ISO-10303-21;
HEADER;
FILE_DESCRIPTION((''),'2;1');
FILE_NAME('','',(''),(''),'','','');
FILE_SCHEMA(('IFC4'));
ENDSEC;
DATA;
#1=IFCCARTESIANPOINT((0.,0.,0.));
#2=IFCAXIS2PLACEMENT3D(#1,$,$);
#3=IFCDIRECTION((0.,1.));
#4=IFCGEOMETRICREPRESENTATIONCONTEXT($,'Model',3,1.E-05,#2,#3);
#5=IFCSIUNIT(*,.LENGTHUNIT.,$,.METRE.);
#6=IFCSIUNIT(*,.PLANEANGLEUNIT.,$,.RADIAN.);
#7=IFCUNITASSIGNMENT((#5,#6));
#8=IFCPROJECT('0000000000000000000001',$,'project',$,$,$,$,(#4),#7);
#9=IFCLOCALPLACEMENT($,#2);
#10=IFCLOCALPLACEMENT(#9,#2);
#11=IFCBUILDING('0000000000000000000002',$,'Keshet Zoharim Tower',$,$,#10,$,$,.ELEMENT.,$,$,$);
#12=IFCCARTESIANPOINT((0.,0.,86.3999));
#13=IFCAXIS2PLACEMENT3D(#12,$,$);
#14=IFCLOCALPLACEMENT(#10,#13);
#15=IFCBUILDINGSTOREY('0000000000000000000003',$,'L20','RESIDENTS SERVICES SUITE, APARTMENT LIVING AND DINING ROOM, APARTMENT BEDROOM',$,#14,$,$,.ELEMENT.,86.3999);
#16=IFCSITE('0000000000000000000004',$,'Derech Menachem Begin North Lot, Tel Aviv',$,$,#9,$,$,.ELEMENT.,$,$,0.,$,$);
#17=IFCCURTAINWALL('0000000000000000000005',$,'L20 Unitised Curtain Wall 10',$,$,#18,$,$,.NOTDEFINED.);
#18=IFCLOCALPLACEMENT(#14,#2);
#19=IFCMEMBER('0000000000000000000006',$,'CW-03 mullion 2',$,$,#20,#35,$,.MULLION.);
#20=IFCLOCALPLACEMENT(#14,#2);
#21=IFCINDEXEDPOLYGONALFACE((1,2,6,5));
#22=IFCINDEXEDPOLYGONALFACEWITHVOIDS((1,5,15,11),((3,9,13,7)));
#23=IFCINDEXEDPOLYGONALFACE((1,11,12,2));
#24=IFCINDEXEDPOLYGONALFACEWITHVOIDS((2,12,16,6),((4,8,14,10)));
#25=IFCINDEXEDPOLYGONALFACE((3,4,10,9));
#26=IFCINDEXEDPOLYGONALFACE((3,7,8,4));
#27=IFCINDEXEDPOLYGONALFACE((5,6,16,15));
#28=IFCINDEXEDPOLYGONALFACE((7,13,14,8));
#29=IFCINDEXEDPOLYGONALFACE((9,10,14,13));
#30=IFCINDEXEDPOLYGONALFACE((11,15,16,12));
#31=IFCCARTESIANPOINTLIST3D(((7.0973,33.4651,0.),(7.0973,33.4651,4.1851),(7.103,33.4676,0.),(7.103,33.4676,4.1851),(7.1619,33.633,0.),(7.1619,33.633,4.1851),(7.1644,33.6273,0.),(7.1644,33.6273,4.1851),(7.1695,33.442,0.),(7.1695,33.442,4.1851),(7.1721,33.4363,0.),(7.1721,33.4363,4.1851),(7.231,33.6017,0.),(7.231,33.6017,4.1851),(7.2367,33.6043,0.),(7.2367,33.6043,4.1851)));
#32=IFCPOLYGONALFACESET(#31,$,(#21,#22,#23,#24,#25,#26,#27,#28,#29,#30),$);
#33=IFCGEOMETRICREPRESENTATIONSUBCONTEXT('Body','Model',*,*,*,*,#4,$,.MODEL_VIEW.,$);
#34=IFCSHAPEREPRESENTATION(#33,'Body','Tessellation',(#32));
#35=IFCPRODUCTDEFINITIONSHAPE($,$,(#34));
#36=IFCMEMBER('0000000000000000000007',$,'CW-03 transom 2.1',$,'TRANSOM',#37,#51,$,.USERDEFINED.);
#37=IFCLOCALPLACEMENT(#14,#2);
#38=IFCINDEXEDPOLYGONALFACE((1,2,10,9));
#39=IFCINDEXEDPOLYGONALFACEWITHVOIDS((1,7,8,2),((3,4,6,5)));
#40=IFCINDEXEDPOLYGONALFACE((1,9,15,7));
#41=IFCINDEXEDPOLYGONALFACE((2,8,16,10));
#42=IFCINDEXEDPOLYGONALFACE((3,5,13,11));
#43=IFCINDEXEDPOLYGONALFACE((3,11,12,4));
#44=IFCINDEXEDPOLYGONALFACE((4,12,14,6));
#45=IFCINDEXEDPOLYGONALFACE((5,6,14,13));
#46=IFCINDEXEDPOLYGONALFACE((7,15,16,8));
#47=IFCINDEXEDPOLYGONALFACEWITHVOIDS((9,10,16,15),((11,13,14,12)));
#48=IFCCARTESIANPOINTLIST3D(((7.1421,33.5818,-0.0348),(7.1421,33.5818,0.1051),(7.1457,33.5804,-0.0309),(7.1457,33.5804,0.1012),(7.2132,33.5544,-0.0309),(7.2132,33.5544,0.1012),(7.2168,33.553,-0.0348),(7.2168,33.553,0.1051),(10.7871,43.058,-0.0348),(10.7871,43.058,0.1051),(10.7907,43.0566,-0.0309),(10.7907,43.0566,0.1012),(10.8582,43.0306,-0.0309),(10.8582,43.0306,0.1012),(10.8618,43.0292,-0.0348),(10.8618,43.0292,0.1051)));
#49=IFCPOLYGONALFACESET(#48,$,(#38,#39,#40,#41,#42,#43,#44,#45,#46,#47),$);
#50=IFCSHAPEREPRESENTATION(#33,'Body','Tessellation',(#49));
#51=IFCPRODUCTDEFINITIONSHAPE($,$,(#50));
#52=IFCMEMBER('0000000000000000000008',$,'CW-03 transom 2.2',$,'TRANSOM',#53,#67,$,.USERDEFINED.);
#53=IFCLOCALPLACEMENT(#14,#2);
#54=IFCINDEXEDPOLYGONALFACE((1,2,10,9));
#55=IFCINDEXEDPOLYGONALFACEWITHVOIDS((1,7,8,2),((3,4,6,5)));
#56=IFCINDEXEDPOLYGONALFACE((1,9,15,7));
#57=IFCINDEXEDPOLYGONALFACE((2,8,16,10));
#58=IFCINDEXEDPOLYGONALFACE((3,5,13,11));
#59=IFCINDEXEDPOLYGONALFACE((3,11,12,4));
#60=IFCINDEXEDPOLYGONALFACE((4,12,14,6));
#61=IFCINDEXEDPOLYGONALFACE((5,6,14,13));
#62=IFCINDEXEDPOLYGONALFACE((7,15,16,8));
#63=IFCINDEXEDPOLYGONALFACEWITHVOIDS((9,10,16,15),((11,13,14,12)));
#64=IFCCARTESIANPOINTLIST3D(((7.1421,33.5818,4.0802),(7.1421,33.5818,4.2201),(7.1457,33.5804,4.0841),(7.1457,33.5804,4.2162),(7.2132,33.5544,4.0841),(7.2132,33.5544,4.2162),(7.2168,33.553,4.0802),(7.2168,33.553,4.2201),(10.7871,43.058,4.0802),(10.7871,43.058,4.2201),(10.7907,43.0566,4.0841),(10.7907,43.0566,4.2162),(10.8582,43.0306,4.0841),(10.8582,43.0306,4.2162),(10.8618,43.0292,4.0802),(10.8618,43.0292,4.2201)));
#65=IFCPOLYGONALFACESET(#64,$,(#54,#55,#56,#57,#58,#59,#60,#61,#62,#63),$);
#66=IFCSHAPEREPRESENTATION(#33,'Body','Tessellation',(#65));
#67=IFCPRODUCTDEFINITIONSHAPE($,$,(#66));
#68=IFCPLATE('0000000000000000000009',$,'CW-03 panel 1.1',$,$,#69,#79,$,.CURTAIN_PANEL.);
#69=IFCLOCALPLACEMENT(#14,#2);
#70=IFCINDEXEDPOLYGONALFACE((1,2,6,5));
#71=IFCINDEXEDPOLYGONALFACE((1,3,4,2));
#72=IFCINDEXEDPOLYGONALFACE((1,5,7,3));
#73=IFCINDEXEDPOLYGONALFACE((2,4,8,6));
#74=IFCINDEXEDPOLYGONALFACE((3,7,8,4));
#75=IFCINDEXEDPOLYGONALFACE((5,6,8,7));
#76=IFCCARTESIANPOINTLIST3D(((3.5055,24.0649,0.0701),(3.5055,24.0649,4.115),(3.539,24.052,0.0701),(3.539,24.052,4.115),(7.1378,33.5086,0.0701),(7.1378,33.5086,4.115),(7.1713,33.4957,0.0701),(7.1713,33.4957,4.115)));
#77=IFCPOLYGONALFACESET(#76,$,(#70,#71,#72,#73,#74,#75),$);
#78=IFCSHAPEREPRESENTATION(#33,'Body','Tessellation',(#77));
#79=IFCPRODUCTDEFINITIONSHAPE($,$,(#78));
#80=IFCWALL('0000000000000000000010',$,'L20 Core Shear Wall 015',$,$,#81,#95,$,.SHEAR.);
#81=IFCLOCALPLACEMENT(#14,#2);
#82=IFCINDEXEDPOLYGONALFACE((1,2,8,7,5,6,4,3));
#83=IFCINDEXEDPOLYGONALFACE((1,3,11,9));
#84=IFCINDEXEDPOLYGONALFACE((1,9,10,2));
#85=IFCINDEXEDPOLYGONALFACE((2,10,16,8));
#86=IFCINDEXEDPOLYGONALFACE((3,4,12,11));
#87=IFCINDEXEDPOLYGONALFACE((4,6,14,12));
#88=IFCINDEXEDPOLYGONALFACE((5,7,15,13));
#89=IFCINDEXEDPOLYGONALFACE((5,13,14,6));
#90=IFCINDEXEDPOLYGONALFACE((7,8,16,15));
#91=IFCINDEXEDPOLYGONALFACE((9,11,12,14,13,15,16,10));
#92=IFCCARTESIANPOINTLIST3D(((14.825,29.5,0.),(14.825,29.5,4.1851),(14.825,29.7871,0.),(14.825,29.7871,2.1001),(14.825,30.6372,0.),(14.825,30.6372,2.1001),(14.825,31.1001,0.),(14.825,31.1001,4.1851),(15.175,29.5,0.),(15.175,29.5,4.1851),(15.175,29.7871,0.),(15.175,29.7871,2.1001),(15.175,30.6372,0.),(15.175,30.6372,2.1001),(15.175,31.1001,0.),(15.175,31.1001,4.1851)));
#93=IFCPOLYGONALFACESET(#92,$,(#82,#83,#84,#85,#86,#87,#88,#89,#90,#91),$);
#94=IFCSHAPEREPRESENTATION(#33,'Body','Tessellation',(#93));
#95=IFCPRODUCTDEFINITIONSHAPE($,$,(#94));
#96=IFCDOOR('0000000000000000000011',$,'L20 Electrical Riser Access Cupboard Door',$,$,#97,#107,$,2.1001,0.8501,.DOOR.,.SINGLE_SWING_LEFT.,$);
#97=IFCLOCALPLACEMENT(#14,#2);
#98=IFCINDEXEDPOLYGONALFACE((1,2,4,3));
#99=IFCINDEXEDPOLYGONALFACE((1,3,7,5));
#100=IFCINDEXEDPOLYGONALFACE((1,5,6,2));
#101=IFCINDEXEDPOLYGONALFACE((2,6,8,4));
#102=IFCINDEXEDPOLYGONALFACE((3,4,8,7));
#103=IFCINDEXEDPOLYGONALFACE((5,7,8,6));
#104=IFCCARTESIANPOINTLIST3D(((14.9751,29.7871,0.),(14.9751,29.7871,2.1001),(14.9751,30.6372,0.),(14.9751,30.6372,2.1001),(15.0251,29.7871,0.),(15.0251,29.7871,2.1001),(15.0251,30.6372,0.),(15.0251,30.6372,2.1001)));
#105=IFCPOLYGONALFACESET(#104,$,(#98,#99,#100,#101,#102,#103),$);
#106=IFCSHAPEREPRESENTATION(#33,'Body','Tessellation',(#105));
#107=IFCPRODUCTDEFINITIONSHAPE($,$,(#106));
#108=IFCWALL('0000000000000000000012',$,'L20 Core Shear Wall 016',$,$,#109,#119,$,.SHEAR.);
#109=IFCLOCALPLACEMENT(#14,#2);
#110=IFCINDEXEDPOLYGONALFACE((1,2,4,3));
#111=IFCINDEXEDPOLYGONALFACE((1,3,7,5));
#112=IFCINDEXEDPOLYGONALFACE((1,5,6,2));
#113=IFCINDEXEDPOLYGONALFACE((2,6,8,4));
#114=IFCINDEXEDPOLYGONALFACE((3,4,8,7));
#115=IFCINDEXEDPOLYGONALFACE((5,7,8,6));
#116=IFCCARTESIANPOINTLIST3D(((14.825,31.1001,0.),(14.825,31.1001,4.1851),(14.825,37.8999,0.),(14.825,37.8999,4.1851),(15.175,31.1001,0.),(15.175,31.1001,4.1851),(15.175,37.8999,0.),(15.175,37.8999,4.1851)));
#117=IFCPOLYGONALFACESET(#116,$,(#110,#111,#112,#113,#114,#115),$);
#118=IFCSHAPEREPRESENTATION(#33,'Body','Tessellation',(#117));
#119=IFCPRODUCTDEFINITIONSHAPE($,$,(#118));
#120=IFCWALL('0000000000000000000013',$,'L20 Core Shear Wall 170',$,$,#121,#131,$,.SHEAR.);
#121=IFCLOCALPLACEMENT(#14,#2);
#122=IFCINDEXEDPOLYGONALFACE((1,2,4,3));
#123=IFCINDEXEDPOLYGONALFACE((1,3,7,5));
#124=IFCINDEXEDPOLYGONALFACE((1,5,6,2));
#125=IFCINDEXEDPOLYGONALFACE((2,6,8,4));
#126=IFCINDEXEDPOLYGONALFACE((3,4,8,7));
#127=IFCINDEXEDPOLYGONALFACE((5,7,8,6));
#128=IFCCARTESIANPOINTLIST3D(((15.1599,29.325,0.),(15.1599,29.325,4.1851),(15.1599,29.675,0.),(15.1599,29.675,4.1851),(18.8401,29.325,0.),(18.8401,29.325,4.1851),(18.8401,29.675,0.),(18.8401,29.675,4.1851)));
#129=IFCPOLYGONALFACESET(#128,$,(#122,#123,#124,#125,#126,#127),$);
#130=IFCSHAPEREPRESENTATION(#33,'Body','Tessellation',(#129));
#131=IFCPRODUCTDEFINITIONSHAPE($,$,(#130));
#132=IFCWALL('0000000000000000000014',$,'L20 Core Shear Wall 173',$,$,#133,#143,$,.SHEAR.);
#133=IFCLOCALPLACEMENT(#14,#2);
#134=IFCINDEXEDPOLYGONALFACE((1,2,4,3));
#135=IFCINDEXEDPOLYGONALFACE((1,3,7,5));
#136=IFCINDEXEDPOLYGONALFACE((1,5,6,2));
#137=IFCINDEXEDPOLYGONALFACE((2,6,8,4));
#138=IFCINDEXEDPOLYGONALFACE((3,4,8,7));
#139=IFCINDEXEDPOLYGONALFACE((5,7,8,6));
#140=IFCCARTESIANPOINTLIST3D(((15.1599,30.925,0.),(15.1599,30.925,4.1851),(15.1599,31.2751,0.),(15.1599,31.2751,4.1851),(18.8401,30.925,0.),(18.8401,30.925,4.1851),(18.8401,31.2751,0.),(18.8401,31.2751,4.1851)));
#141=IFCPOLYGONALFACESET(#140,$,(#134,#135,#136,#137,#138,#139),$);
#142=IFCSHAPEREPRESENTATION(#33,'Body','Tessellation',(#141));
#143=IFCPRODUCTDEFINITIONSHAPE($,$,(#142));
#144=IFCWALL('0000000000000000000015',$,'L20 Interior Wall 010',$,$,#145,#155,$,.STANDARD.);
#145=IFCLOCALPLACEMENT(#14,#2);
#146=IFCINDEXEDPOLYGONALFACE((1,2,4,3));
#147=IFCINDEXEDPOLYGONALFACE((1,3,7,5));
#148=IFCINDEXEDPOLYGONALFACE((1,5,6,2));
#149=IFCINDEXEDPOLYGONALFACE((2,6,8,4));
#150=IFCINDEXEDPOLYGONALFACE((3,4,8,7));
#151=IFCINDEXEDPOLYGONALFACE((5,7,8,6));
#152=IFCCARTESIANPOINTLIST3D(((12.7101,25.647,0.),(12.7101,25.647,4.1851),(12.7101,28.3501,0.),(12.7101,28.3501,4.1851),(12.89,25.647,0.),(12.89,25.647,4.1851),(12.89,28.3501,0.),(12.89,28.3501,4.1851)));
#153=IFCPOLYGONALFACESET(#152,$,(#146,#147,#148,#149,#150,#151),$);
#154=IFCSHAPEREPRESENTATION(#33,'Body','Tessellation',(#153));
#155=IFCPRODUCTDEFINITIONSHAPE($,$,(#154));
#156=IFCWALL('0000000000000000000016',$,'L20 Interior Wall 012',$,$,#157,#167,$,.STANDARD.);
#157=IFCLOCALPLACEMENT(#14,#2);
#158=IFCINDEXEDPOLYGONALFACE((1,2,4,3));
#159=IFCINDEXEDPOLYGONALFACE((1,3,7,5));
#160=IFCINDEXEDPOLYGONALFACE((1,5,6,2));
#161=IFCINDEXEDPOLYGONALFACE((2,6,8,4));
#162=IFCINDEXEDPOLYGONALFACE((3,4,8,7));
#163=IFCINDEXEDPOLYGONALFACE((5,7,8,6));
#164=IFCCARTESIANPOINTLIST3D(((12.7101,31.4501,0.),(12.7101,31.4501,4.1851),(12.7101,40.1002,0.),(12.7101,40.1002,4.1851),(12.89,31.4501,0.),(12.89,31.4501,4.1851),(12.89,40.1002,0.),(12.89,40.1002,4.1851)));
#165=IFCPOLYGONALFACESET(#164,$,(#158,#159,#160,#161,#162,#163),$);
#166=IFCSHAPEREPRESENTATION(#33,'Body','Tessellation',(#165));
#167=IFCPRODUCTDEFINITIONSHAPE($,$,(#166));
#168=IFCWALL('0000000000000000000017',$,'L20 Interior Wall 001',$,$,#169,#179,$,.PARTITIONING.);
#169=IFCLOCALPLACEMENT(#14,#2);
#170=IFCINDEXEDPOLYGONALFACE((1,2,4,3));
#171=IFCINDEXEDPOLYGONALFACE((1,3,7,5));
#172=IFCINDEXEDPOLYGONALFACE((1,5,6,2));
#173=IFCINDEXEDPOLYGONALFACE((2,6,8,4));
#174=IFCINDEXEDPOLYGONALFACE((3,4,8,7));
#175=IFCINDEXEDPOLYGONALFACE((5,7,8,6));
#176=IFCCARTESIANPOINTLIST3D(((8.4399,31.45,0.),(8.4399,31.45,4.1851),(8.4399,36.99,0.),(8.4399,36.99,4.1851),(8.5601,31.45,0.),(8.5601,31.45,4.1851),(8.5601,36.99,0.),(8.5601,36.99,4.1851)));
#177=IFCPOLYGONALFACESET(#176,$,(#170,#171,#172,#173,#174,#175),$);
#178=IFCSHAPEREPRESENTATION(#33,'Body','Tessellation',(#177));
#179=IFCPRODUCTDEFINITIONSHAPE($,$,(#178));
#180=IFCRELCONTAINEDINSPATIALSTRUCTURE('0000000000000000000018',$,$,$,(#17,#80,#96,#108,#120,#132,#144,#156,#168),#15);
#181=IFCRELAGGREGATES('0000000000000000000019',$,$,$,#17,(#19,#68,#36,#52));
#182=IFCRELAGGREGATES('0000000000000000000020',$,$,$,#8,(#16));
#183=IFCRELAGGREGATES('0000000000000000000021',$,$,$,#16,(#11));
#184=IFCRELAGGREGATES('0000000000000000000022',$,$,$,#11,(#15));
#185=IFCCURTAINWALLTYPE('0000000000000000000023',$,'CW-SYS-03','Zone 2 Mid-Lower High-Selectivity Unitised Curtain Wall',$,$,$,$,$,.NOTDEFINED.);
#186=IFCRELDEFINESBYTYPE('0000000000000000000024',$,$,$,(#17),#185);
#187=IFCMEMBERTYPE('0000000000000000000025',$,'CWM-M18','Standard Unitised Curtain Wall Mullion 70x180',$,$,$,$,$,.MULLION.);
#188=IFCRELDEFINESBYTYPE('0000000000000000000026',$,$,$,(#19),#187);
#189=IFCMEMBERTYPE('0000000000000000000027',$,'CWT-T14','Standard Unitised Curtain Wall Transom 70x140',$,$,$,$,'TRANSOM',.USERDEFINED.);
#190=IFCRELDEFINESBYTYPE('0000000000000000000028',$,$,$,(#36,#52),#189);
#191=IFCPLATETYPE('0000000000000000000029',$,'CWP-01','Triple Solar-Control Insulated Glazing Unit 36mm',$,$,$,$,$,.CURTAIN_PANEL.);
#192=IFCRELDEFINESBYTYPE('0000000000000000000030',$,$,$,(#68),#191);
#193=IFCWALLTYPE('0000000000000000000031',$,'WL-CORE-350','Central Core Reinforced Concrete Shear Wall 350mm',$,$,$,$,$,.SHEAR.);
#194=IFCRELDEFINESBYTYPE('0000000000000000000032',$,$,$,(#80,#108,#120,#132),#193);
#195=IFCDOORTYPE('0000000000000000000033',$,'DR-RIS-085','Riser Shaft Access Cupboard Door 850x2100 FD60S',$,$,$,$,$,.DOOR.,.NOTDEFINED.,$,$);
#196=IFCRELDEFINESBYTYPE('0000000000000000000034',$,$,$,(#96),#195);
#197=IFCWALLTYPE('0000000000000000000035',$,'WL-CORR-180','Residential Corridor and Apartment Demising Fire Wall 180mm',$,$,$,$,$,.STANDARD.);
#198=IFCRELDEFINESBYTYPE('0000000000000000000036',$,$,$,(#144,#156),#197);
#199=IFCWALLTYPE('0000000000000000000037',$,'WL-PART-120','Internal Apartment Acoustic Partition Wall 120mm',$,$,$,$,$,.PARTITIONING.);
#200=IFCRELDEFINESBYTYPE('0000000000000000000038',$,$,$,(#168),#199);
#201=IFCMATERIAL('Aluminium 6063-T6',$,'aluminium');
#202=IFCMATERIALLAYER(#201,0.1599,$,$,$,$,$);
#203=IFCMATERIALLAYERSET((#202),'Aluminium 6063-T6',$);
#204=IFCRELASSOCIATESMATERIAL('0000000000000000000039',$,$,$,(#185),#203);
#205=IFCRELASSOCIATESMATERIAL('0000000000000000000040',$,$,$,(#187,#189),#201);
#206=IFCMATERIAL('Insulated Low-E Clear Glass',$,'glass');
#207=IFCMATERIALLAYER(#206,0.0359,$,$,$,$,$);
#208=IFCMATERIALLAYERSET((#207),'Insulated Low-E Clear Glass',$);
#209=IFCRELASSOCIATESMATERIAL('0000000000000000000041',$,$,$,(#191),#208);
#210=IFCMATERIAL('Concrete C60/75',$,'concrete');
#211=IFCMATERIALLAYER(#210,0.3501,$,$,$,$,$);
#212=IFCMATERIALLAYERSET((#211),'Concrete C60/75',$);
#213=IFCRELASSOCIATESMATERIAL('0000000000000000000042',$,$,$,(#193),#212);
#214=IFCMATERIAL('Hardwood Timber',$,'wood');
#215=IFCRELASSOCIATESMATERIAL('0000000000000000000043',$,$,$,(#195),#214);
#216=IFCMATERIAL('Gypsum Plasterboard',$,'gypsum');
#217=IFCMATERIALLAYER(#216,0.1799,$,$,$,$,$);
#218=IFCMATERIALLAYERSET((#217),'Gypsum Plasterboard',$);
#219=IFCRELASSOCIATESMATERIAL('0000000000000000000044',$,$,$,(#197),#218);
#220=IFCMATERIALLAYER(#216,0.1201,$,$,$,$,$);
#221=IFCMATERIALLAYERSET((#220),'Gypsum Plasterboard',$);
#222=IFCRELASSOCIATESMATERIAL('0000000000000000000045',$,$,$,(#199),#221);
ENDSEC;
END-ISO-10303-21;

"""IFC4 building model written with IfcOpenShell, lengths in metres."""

from ifc_helpers import new_model, si_unit, direction, frame, frame_2d, origin, origin_2d, place, context, subcontext, project, spatial, rectangle, hollow_rectangle, extrude, material, layer, layer_set, material_profile, profile_set, type_object, element, fill, aggregate, save


model = new_model("IFC4")

# Units and contexts
model_context = context("Model", 3, precision=1e-05, world=origin(), true_north=direction((0.0, 1.0)))
body_context = subcontext(model_context, "Body", "Model", "MODEL_VIEW")
ifc_project = project(units=[si_unit("LENGTHUNIT", "METRE"), si_unit("PLANEANGLEUNIT", "RADIAN")], contexts=[model_context])

# Site, building, storey
site_placement = place(None, origin())
site = spatial("IfcSite", under=ifc_project, at=site_placement, Name="Derech Menachem Begin North Lot, Tel Aviv", CompositionType="ELEMENT", RefElevation=0.0)
building_placement = place(site_placement, origin())
building = spatial("IfcBuilding", under=site, at=building_placement, Name="Keshet Zoharim Tower", CompositionType="ELEMENT")
storey_placement = place(building_placement, frame((0.0, 0.0, 86.3999)))
storey = spatial("IfcBuildingStorey", under=building, at=storey_placement, Name="L20", Description="RESIDENTS SERVICES SUITE, APARTMENT LIVING AND DINING ROOM, APARTMENT BEDROOM", CompositionType="ELEMENT", Elevation=86.3999)

# Curtain wall, members, plate
ifc_material_1 = material(Name="Aluminium 6063-T6", Category="aluminium")
ifc_layer_1 = layer(ifc_material_1, 0.1599)
ifc_layer_set_1 = layer_set([ifc_layer_1], Name="Aluminium 6063-T6")
curtain_wall_type = type_object("IfcCurtainWallType", Name="CW-SYS-03", Description="Zone 2 Mid-Lower High-Selectivity Unitised Curtain Wall", PredefinedType="NOTDEFINED", material=ifc_layer_set_1)
curtain_wall_placement = place(storey_placement, origin())
curtain_wall = element("IfcCurtainWall", 1, at=curtain_wall_placement, inside=storey, type_object=curtain_wall_type, Name="L20 Unitised Curtain Wall 10", PredefinedType="NOTDEFINED")
ifc_material_profile_1 = material_profile(ifc_material_1, hollow_rectangle(XDim=0.0801, YDim=0.1799, WallThickness=0.0044, at=origin_2d()), Name="MUL-80x180")
ifc_profile_set_1 = profile_set([ifc_material_profile_1], Name="Aluminium 6063-T6")
member_type_1 = type_object("IfcMemberType", Name="CWM-M18", Description="Standard Unitised Curtain Wall Mullion 70x180", PredefinedType="MULLION", material=ifc_profile_set_1)
member_1_placement = place(storey_placement, frame((7.167, 33.5347, 0.0), z_axis=(0.0, 0.0, 1.0), x_axis=(-0.933341, 0.35899, 0.0)))
member_1 = element("IfcMember", 2, at=member_1_placement, type_object=member_type_1, Name="CW-03 mullion 2", PredefinedType="MULLION", context=body_context, shape_type="SweptSolid", body=[
    extrude(hollow_rectangle(XDim=0.0801, YDim=0.1799, WallThickness=0.0044, at=origin_2d()), origin(), (0.0, 0.0, 1.0), 4.1851),
])
ifc_material_profile_2 = material_profile(ifc_material_1, hollow_rectangle(XDim=0.0801, YDim=0.1399, WallThickness=0.0039, at=origin_2d()), Name="TRN-80x140")
ifc_profile_set_2 = profile_set([ifc_material_profile_2], Name="Aluminium 6063-T6")
member_type_2 = type_object("IfcMemberType", Name="CWT-T14", Description="Standard Unitised Curtain Wall Transom 70x140", ElementType="TRANSOM", PredefinedType="USERDEFINED", material=ifc_profile_set_2)
member_2_placement = place(storey_placement, frame((7.1794, 33.5674, 0.0352), z_axis=(0.359003, 0.933336, 0.0), x_axis=(-0.933336, 0.359003, 0.0)))
member_2 = element("IfcMember", 3, at=member_2_placement, type_object=member_type_2, Name="CW-03 transom 2.1", ObjectType="TRANSOM", PredefinedType="USERDEFINED", context=body_context, shape_type="SweptSolid", body=[
    extrude(hollow_rectangle(XDim=0.0801, YDim=0.1399, WallThickness=0.0039, at=origin_2d()), origin(), (0.0, 0.0, 1.0), 10.1531),
])
member_3_placement = place(storey_placement, frame((7.1794, 33.5674, 4.1501), z_axis=(0.359003, 0.933336, 0.0), x_axis=(-0.933336, 0.359003, 0.0)))
member_3 = element("IfcMember", 4, at=member_3_placement, type_object=member_type_2, Name="CW-03 transom 2.2", ObjectType="TRANSOM", PredefinedType="USERDEFINED", context=body_context, shape_type="SweptSolid", body=[
    extrude(hollow_rectangle(XDim=0.0801, YDim=0.1399, WallThickness=0.0039, at=origin_2d()), origin(), (0.0, 0.0, 1.0), 10.1531),
])
ifc_material_2 = material(Name="Insulated Low-E Clear Glass", Category="glass")
ifc_layer_2 = layer(ifc_material_2, 0.0359)
ifc_layer_set_2 = layer_set([ifc_layer_2], Name="Insulated Low-E Clear Glass")
plate_type = type_object("IfcPlateType", Name="CWP-01", Description="Triple Solar-Control Insulated Glazing Unit 36mm", PredefinedType="CURTAIN_PANEL", material=ifc_layer_set_2)
plate_placement = place(storey_placement, frame((5.3384, 28.7803, 0.0701), z_axis=(0.0, 0.0, 1.0), x_axis=(0.35899, 0.933341, 0.0)))
plate = element("IfcPlate", 5, at=plate_placement, type_object=plate_type, Name="CW-03 panel 1.1", PredefinedType="CURTAIN_PANEL", context=body_context, shape_type="SweptSolid", body=[
    extrude(rectangle(XDim=10.1182, YDim=0.0359, at=origin_2d()), origin(), (0.0, 0.0, 1.0), 4.0449),
])
aggregate(curtain_wall, [member_1, plate, member_2, member_3])

# Wall, opening, door
ifc_material_3 = material(Name="Concrete C60/75", Category="concrete")
ifc_layer_3 = layer(ifc_material_3, 0.3501)
ifc_layer_set_3 = layer_set([ifc_layer_3], Name="Concrete C60/75")
wall_type_1 = type_object("IfcWallType", Name="WL-CORE-350", Description="Central Core Reinforced Concrete Shear Wall 350mm", PredefinedType="SHEAR", material=ifc_layer_set_3)
wall_1_placement = place(storey_placement, frame((15.0, 29.5, 0.0), z_axis=(0.0, 0.0, 1.0), x_axis=(0.0, 1.0, 0.0)))
wall_1 = element("IfcWall", 6, at=wall_1_placement, inside=storey, type_object=wall_type_1, Name="L20 Core Shear Wall 015", PredefinedType="SHEAR", context=body_context, shape_type="SweptSolid", body=[
    extrude(rectangle(XDim=1.6001, YDim=0.3501, at=frame_2d((0.8, 0.0))), origin(), (0.0, 0.0, 1.0), 4.1851),
])
opening_1_placement = place(wall_1_placement, frame((0.2871, 0.0, 0.0)))
opening_1 = element("IfcOpeningElement", 7, at=opening_1_placement, cuts=wall_1, PredefinedType="OPENING", context=body_context, shape_type="SweptSolid", body=[
    extrude(rectangle(XDim=0.8501, YDim=2.1001, at=frame_2d((0.425, 1.05))), frame((0.0, 0.1851, 0.0), z_axis=(0.0, -1.0, 0.0), x_axis=(1.0, 0.0, 0.0)), (0.0, 0.0, 1.0), 0.3701),
])
ifc_material_4 = material(Name="Hardwood Timber", Category="wood")
door_type_1 = type_object("IfcDoorType", Name="DR-RIS-085", Description="Riser Shaft Access Cupboard Door 850x2100 FD60S", OperationType="NOTDEFINED", PredefinedType="DOOR", material=ifc_material_4)
door_1_placement = place(opening_1_placement, origin())
door_1 = element("IfcDoor", 8, at=door_1_placement, inside=storey, type_object=door_type_1, Name="L20 Electrical Riser Access Cupboard Door", OperationType="SINGLE_SWING_LEFT", OverallHeight=2.1001, OverallWidth=0.8501, PredefinedType="DOOR", context=body_context, shape_type="SweptSolid", body=[
    extrude(rectangle(XDim=0.8501, YDim=2.1001, at=frame_2d((0.425, 1.05))), frame((0.0, 0.0249, 0.0), z_axis=(0.0, -1.0, 0.0), x_axis=(1.0, 0.0, 0.0)), (0.0, 0.0, 1.0), 0.05),
])
fill(opening_1, door_1)

# Walls
wall_2_placement = place(storey_placement, frame((15.0, 31.1001, 0.0), z_axis=(0.0, 0.0, 1.0), x_axis=(0.0, 1.0, 0.0)))
element("IfcWall", 9, at=wall_2_placement, inside=storey, type_object=wall_type_1, Name="L20 Core Shear Wall 016", PredefinedType="SHEAR", context=body_context, shape_type="SweptSolid", body=[
    extrude(rectangle(XDim=6.7998, YDim=0.3501, at=frame_2d((3.3999, 0.0))), origin(), (0.0, 0.0, 1.0), 4.1851),
])
for number, where, z_axis, x_axis, name in (
    (10, (15.1599, 29.5, 0.0), (0.0, 0.0, 1.0), (1.0, 0.0, 0.0), "L20 Core Shear Wall 170"),
    (11, (15.1599, 31.1001, 0.0), (0.0, 0.0, 1.0), (1.0, 0.0, 0.0), "L20 Core Shear Wall 173"),
):
    element("IfcWall", number, at=place(storey_placement, frame(where, z_axis=z_axis, x_axis=x_axis)), inside=storey, type_object=wall_type_1, Name=name, PredefinedType="SHEAR", context=body_context, shape_type="SweptSolid", body=[
        extrude(rectangle(XDim=3.6802, YDim=0.3501, at=frame_2d((1.8401, 0.0))), origin(), (0.0, 0.0, 1.0), 4.1851),
    ])
ifc_material_5 = material(Name="Gypsum Plasterboard", Category="gypsum")
ifc_layer_4 = layer(ifc_material_5, 0.1799)
ifc_layer_set_4 = layer_set([ifc_layer_4], Name="Gypsum Plasterboard")
wall_type_2 = type_object("IfcWallType", Name="WL-CORR-180", Description="Residential Corridor and Apartment Demising Fire Wall 180mm", PredefinedType="STANDARD", material=ifc_layer_set_4)
wall_3_placement = place(storey_placement, frame((12.8, 25.647, 0.0), z_axis=(0.0, 0.0, 1.0), x_axis=(0.0, 1.0, 0.0)))
element("IfcWall", 12, at=wall_3_placement, inside=storey, type_object=wall_type_2, Name="L20 Interior Wall 010", PredefinedType="STANDARD", context=body_context, shape_type="SweptSolid", body=[
    extrude(rectangle(XDim=2.7031, YDim=0.1799, at=frame_2d((1.3516, 0.0))), origin(), (0.0, 0.0, 1.0), 4.1851),
])

# Walls
wall_4_placement = place(storey_placement, frame((12.8, 31.45, 0.0), z_axis=(0.0, 0.0, 1.0), x_axis=(0.0, 1.0, 0.0)))
element("IfcWall", 13, at=wall_4_placement, inside=storey, type_object=wall_type_2, Name="L20 Interior Wall 012", PredefinedType="STANDARD", context=body_context, shape_type="SweptSolid", body=[
    extrude(rectangle(XDim=8.6501, YDim=0.1799, at=frame_2d((4.3252, 0.0))), origin(), (0.0, 0.0, 1.0), 4.1851),
])
ifc_layer_5 = layer(ifc_material_5, 0.1201)
ifc_layer_set_5 = layer_set([ifc_layer_5], Name="Gypsum Plasterboard")
wall_type_3 = type_object("IfcWallType", Name="WL-PART-120", Description="Internal Apartment Acoustic Partition Wall 120mm", PredefinedType="PARTITIONING", material=ifc_layer_set_5)
wall_5_placement = place(storey_placement, frame((8.5, 31.45, 0.0), z_axis=(0.0, 0.0, 1.0), x_axis=(0.0, 1.0, 0.0)))
element("IfcWall", 14, at=wall_5_placement, inside=storey, type_object=wall_type_3, Name="L20 Interior Wall 001", PredefinedType="PARTITIONING", context=body_context, shape_type="SweptSolid", body=[
    extrude(rectangle(XDim=5.54, YDim=0.1201, at=frame_2d((2.77, 0.0))), origin(), (0.0, 0.0, 1.0), 4.1851),
])

save(model, "model.ifc")
